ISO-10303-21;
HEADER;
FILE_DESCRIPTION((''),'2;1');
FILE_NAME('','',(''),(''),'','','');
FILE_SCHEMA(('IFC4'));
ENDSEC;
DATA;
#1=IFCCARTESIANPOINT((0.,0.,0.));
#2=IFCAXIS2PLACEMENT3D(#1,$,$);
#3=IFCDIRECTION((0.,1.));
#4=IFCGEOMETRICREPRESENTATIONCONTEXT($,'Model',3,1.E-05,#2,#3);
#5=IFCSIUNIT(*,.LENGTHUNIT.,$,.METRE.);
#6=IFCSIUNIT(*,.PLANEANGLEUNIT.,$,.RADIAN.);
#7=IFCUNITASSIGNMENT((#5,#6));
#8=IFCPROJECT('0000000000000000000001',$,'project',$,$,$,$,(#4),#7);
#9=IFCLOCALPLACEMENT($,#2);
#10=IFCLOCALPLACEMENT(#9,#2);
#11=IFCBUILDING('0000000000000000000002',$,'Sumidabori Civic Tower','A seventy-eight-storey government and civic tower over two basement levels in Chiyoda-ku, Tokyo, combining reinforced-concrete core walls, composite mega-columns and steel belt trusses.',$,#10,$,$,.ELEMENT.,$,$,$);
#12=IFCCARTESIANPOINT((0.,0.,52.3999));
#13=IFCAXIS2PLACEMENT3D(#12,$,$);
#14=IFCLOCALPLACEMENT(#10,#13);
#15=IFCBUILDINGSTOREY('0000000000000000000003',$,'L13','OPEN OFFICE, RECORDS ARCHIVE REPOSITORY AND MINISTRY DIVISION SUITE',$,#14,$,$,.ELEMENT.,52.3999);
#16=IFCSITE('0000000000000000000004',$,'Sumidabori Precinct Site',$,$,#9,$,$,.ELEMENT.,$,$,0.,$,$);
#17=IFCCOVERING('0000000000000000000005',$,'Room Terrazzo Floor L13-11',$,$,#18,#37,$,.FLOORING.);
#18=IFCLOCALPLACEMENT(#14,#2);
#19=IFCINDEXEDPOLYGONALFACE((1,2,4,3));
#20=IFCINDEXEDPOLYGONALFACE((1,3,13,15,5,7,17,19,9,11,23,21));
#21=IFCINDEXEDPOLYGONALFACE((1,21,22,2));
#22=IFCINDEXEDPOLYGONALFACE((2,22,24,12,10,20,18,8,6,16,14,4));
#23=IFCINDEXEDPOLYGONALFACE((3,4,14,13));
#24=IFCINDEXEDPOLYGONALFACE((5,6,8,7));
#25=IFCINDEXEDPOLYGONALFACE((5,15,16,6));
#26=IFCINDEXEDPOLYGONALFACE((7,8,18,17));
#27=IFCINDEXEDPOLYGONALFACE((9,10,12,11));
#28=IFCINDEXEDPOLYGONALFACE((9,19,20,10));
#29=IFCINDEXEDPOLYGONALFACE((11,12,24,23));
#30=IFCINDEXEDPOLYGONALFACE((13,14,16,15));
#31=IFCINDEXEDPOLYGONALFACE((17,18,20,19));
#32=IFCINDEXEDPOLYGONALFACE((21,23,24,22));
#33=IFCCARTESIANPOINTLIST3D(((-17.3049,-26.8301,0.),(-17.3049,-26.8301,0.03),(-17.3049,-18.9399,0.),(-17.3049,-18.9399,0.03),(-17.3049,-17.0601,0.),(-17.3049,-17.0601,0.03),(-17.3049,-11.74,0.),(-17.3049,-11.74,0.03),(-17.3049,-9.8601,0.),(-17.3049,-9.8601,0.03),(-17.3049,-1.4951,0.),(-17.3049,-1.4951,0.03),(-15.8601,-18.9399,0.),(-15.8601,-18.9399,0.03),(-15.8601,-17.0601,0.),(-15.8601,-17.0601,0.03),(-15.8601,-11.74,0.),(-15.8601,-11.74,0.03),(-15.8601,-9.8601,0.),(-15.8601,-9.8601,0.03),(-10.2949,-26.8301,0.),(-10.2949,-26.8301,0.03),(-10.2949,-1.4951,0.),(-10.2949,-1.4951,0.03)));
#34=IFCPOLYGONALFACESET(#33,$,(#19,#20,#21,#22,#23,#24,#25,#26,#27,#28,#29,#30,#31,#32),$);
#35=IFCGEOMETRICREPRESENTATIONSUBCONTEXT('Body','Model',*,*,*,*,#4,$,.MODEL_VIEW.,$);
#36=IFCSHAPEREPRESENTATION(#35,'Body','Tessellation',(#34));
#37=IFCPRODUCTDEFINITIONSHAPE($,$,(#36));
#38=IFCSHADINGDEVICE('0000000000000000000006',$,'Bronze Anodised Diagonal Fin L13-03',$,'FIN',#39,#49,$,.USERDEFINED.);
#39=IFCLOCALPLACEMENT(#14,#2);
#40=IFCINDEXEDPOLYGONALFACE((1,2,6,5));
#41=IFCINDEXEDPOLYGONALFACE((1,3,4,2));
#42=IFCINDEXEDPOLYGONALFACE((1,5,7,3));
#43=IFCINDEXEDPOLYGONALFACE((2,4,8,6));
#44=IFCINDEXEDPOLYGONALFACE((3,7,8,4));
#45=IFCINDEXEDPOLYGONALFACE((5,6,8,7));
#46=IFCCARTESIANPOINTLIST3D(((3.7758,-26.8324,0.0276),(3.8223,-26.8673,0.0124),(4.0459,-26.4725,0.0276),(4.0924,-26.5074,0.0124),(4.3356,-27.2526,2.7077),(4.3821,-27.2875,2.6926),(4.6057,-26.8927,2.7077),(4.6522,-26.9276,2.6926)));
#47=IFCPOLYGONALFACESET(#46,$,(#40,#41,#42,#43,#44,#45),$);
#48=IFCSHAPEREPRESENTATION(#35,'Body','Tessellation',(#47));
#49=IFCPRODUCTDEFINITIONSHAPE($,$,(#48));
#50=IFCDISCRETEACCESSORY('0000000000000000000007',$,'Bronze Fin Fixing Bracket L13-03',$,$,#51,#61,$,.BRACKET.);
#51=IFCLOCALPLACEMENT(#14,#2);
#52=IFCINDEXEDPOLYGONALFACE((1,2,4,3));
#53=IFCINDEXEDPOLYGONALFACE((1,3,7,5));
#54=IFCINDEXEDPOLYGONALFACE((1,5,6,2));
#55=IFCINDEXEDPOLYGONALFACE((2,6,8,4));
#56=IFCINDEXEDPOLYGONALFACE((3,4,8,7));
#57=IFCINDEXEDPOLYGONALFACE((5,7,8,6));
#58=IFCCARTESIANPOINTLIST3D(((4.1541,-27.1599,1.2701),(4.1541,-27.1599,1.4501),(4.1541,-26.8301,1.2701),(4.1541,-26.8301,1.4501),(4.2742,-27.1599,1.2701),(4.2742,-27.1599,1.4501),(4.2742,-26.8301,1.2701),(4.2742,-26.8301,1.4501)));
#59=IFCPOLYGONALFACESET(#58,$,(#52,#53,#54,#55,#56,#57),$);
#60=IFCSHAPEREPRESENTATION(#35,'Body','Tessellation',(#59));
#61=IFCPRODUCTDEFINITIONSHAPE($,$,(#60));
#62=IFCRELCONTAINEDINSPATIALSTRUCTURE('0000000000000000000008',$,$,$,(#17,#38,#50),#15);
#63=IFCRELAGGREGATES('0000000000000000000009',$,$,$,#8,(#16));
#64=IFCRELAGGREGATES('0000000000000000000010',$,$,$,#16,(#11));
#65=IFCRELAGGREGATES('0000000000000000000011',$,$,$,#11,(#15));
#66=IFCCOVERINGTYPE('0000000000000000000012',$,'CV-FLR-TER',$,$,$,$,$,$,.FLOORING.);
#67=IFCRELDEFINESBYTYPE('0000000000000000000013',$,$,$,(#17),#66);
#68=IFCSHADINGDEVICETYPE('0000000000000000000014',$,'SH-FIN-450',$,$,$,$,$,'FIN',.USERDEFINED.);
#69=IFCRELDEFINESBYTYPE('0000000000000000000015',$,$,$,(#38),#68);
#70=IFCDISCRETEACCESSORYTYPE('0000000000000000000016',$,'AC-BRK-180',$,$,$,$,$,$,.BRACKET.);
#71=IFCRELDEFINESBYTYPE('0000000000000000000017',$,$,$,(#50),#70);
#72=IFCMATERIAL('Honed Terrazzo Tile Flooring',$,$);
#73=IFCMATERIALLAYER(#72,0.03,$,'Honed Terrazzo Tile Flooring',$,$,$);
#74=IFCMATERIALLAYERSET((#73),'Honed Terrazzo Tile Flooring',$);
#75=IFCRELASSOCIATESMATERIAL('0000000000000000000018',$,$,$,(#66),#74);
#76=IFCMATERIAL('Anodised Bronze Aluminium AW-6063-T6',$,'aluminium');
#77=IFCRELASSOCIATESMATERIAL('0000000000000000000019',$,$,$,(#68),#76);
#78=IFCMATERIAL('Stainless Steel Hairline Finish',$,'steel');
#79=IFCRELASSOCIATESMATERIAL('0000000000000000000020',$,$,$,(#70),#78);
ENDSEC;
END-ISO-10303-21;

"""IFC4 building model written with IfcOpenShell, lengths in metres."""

from ifc_helpers import new_model, si_unit, direction, frame, origin, origin_2d, place, context, subcontext, project, spatial, polyline, rectangle, outline, extrude, source, transform, mapped, material, layer, layer_set, material_profile, profile_set, type_object, element, save


model = new_model("IFC4")

# Units and contexts
model_context = context("Model", 3, precision=1e-05, world=origin(), true_north=direction((0.0, 1.0)))
body_context = subcontext(model_context, "Body", "Model", "MODEL_VIEW")
ifc_project = project(units=[si_unit("LENGTHUNIT", "METRE"), si_unit("PLANEANGLEUNIT", "RADIAN")], contexts=[model_context])

# Site, building, storey
site_placement = place(None, origin())
site = spatial("IfcSite", under=ifc_project, at=site_placement, Name="Sumidabori Precinct Site", CompositionType="ELEMENT", RefElevation=0.0)
building_placement = place(site_placement, origin())
building = spatial("IfcBuilding", under=site, at=building_placement, Name="Sumidabori Civic Tower", Description="A seventy-eight-storey government and civic tower over two basement levels in Chiyoda-ku, Tokyo, combining reinforced-concrete core walls, composite mega-columns and steel belt trusses.", CompositionType="ELEMENT")
storey_placement = place(building_placement, frame((0.0, 0.0, 52.3999)))
storey = spatial("IfcBuildingStorey", under=building, at=storey_placement, Name="L13", Description="OPEN OFFICE, RECORDS ARCHIVE REPOSITORY AND MINISTRY DIVISION SUITE", CompositionType="ELEMENT", Elevation=52.3999)

# Shared definitions
ifc_material_1 = material(Name="Anodised Bronze Aluminium AW-6063-T6", Category="aluminium")

# Covering
ifc_material_2 = material(Name="Honed Terrazzo Tile Flooring")
ifc_layer_1 = layer(ifc_material_2, 0.03, Name="Honed Terrazzo Tile Flooring")
ifc_layer_set_1 = layer_set([ifc_layer_1], Name="Honed Terrazzo Tile Flooring")
covering_type_1 = type_object("IfcCoveringType", Name="CV-FLR-TER", PredefinedType="FLOORING", material=ifc_layer_set_1)
covering_1_placement = place(storey_placement, origin())
element("IfcCovering", 1, at=covering_1_placement, inside=storey, type_object=covering_type_1, Name="Room Terrazzo Floor L13-11", PredefinedType="FLOORING", context=body_context, shape_type="SweptSolid", body=[
    extrude(outline(polyline([(-10.2949, -26.8301), (-17.3049, -26.8301), (-17.3049, -18.9399), (-15.8601, -18.9399), (-15.8601, -17.0601), (-17.3049, -17.0601), (-17.3049, -11.74), (-15.8601, -11.74), (-15.8601, -9.8601), (-17.3049, -9.8601), (-17.3049, -1.4951), (-10.2949, -1.4951), (-10.2949, -26.8301)])), origin(), (0.0, 0.0, 1.0), 0.03),
])

# Shading device
ifc_material_profile_1 = material_profile(ifc_material_1, rectangle(XDim=0.0601, YDim=0.45, at=origin_2d()), Name="BRONZE FIN 450x60")
ifc_profile_set_1 = profile_set([ifc_material_profile_1], Name="Anodised Bronze Aluminium AW-6063-T6")
shading_device_type = type_object("IfcShadingDeviceType", Name="SH-FIN-450", ElementType="FIN", PredefinedType="USERDEFINED", material=ifc_profile_set_1)
shared_shape_1 = source(origin(), body_context, "Body", "SweptSolid", [
    extrude(rectangle(XDim=0.0601, YDim=0.45, at=origin_2d()), origin(), (0.0, 0.0, 1.0), 2.77),
])
shading_device_placement = place(storey_placement, frame((3.9341, -26.6699, 0.02), z_axis=(0.202094, -0.151681, 0.967549), x_axis=(0.773837, -0.580799, -0.252684)))
element("IfcShadingDevice", 2, at=shading_device_placement, inside=storey, type_object=shading_device_type, Name="Bronze Anodised Diagonal Fin L13-03", ObjectType="FIN", PredefinedType="USERDEFINED", context=body_context, shape_type="MappedRepresentation", body=[
    mapped(shared_shape_1, transform((0.0, 0.0, 0.0), x_axis=(1.0, 0.0, 0.0), y_axis=(0.0, 1.0, 0.0), z_axis=(0.0, 0.0, 1.0), scale=1.0)),
])

# Discrete accessory
ifc_material_3 = material(Name="Stainless Steel Hairline Finish", Category="steel")
ifc_material_profile_2 = material_profile(ifc_material_3, rectangle(XDim=0.1201, YDim=0.1799, at=origin_2d()), Name="STEEL BRACKET 180x120")
ifc_profile_set_2 = profile_set([ifc_material_profile_2], Name="Stainless Steel Hairline Finish")
discrete_accessory_type = type_object("IfcDiscreteAccessoryType", Name="AC-BRK-180", PredefinedType="BRACKET", material=ifc_profile_set_2)
shared_shape_2 = source(origin(), body_context, "Body", "SweptSolid", [
    extrude(rectangle(XDim=0.1201, YDim=0.1799, at=origin_2d()), origin(), (0.0, 0.0, 1.0), 0.3298),
])
discrete_accessory_placement = place(storey_placement, frame((4.2141, -26.8301, 1.3601), z_axis=(0.0, -1.0, 0.0), x_axis=(1.0, 0.0, 0.0)))
element("IfcDiscreteAccessory", 3, at=discrete_accessory_placement, inside=storey, type_object=discrete_accessory_type, Name="Bronze Fin Fixing Bracket L13-03", PredefinedType="BRACKET", context=body_context, shape_type="MappedRepresentation", body=[
    mapped(shared_shape_2, transform((0.0, 0.0, 0.0), x_axis=(1.0, 0.0, 0.0), y_axis=(0.0, 1.0, 0.0), z_axis=(0.0, 0.0, 1.0), scale=1.0)),
])

save(model, "model.ifc")
